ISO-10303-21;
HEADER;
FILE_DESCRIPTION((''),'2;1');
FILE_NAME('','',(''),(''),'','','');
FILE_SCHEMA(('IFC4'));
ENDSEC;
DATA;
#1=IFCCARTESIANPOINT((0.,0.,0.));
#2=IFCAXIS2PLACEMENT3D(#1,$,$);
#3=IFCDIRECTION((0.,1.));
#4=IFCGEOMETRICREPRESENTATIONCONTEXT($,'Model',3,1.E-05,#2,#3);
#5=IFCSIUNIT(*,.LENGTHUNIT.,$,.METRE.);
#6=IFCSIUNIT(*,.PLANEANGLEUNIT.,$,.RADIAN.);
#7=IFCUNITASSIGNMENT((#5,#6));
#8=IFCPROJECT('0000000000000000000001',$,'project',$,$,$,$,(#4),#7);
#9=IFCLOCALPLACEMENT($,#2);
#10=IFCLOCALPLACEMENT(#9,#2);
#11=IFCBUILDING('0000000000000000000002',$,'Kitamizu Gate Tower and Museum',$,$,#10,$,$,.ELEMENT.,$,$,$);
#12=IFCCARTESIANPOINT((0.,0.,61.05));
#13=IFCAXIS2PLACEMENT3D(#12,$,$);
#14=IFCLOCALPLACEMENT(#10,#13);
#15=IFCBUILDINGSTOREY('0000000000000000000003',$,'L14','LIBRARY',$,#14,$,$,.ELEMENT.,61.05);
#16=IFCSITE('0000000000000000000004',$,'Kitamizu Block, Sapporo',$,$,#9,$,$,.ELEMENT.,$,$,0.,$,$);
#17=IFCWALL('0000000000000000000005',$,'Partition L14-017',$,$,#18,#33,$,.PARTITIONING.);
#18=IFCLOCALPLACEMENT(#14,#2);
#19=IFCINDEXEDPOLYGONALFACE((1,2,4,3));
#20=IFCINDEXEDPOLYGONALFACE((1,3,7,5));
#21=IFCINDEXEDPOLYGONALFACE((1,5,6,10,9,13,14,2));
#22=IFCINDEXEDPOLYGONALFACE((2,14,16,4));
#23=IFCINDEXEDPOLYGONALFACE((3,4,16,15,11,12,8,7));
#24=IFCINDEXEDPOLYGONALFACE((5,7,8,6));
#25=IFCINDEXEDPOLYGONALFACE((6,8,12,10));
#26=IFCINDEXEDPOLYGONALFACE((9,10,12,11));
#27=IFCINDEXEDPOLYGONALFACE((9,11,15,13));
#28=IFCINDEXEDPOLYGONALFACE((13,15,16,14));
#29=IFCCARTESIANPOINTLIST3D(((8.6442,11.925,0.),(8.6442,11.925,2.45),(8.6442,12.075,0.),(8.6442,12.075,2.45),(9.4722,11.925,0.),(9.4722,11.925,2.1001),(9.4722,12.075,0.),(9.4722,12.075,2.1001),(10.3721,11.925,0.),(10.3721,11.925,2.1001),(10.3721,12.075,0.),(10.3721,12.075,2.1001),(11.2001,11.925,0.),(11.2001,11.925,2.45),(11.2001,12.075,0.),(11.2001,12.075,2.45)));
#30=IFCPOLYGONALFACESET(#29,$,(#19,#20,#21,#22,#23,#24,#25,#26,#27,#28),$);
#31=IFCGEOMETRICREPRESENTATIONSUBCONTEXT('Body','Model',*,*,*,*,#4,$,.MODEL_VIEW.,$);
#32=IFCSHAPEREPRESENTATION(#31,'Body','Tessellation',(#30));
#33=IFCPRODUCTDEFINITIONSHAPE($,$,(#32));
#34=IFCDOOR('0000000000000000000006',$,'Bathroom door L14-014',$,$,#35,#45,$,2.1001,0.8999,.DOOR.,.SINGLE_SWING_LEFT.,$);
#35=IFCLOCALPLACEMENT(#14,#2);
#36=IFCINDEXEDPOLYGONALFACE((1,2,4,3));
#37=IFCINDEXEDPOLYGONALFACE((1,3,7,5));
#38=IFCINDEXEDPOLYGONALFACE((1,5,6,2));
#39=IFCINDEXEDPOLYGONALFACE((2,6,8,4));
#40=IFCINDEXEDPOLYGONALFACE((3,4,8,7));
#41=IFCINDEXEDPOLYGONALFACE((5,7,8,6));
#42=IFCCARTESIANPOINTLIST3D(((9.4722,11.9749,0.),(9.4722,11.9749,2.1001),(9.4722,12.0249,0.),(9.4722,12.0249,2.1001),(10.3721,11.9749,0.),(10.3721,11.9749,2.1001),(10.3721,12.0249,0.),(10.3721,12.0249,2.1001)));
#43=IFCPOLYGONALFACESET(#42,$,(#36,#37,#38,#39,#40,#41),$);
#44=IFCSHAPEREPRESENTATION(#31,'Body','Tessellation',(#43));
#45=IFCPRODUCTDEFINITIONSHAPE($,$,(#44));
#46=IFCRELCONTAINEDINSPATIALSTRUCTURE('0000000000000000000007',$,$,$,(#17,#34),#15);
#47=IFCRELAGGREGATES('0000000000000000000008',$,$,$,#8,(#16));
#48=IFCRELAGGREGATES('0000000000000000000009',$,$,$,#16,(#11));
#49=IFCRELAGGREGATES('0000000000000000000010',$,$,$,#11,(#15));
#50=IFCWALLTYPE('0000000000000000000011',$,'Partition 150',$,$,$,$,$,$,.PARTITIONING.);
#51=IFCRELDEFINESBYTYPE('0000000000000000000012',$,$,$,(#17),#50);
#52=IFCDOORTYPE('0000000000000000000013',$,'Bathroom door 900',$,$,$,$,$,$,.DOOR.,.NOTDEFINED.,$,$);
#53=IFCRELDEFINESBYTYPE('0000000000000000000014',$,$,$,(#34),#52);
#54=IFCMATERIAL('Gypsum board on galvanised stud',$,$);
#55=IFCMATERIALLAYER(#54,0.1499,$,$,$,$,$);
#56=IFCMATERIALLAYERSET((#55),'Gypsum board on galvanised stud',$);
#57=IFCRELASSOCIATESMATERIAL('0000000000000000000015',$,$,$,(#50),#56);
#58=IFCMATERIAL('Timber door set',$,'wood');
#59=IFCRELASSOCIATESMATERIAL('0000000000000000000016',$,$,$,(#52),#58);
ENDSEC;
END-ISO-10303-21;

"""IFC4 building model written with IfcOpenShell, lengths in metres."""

from ifc_helpers import new_model, si_unit, direction, frame, frame_2d, origin, place, context, subcontext, project, spatial, rectangle, extrude, material, layer, layer_set, type_object, element, fill, save


model = new_model("IFC4")

# Units and contexts
model_context = context("Model", 3, precision=1e-05, world=origin(), true_north=direction((0.0, 1.0)))
body_context = subcontext(model_context, "Body", "Model", "MODEL_VIEW")
ifc_project = project(units=[si_unit("LENGTHUNIT", "METRE"), si_unit("PLANEANGLEUNIT", "RADIAN")], contexts=[model_context])

# Site, building, storey
site_placement = place(None, origin())
site = spatial("IfcSite", under=ifc_project, at=site_placement, Name="Kitamizu Block, Sapporo", CompositionType="ELEMENT", RefElevation=0.0)
building_placement = place(site_placement, origin())
building = spatial("IfcBuilding", under=site, at=building_placement, Name="Kitamizu Gate Tower and Museum", CompositionType="ELEMENT")
storey_placement = place(building_placement, frame((0.0, 0.0, 61.05)))
storey = spatial("IfcBuildingStorey", under=building, at=storey_placement, Name="L14", Description="LIBRARY", CompositionType="ELEMENT", Elevation=61.05)

# Wall, opening, door
ifc_material_1 = material(Name="Gypsum board on galvanised stud")
ifc_layer_1 = layer(ifc_material_1, 0.1499)
ifc_layer_set_1 = layer_set([ifc_layer_1], Name="Gypsum board on galvanised stud")
wall_type_1 = type_object("IfcWallType", Name="Partition 150", PredefinedType="PARTITIONING", material=ifc_layer_set_1)
ifc_material_2 = material(Name="Timber door set", Category="wood")
door_type_1 = type_object("IfcDoorType", Name="Bathroom door 900", OperationType="NOTDEFINED", PredefinedType="DOOR", material=ifc_material_2)
wall_1_placement = place(storey_placement, frame((11.2, 12.0, 0.0), z_axis=(0.0, 0.0, 1.0), x_axis=(-1.0, 0.0, 0.0)))
wall_1 = element("IfcWall", 1, at=wall_1_placement, inside=storey, type_object=wall_type_1, Name="Partition L14-017", PredefinedType="PARTITIONING", context=body_context, shape_type="SweptSolid", body=[
    extrude(rectangle(XDim=2.5559, YDim=0.1499, at=frame_2d((1.2778, 0.0))), origin(), (0.0, 0.0, 1.0), 2.45),
])
opening_1_placement = place(wall_1_placement, frame((0.8279, 0.0, 0.0)))
opening_1 = element("IfcOpeningElement", 2, at=opening_1_placement, cuts=wall_1, PredefinedType="OPENING", context=body_context, shape_type="SweptSolid", body=[
    extrude(rectangle(XDim=0.8999, YDim=2.1001, at=frame_2d((0.45, 1.05))), frame((0.0, 0.085, 0.0), z_axis=(0.0, -1.0, 0.0), x_axis=(1.0, 0.0, 0.0)), (0.0, 0.0, 1.0), 0.1699),
])
door_1_placement = place(opening_1_placement, frame((0.8999, 0.0, 0.0), x_axis=(-1.0, 0.0, 0.0)))
door_1 = element("IfcDoor", 3, at=door_1_placement, inside=storey, type_object=door_type_1, Name="Bathroom door L14-014", OperationType="SINGLE_SWING_LEFT", OverallHeight=2.1001, OverallWidth=0.8999, PredefinedType="DOOR", context=body_context, shape_type="SweptSolid", body=[
    extrude(rectangle(XDim=0.8999, YDim=2.1001, at=frame_2d((0.45, 1.05))), frame((0.0, 0.0249, 0.0), z_axis=(0.0, -1.0, 0.0), x_axis=(1.0, 0.0, 0.0)), (0.0, 0.0, 1.0), 0.05),
])
fill(opening_1, door_1)

save(model, "model.ifc")
